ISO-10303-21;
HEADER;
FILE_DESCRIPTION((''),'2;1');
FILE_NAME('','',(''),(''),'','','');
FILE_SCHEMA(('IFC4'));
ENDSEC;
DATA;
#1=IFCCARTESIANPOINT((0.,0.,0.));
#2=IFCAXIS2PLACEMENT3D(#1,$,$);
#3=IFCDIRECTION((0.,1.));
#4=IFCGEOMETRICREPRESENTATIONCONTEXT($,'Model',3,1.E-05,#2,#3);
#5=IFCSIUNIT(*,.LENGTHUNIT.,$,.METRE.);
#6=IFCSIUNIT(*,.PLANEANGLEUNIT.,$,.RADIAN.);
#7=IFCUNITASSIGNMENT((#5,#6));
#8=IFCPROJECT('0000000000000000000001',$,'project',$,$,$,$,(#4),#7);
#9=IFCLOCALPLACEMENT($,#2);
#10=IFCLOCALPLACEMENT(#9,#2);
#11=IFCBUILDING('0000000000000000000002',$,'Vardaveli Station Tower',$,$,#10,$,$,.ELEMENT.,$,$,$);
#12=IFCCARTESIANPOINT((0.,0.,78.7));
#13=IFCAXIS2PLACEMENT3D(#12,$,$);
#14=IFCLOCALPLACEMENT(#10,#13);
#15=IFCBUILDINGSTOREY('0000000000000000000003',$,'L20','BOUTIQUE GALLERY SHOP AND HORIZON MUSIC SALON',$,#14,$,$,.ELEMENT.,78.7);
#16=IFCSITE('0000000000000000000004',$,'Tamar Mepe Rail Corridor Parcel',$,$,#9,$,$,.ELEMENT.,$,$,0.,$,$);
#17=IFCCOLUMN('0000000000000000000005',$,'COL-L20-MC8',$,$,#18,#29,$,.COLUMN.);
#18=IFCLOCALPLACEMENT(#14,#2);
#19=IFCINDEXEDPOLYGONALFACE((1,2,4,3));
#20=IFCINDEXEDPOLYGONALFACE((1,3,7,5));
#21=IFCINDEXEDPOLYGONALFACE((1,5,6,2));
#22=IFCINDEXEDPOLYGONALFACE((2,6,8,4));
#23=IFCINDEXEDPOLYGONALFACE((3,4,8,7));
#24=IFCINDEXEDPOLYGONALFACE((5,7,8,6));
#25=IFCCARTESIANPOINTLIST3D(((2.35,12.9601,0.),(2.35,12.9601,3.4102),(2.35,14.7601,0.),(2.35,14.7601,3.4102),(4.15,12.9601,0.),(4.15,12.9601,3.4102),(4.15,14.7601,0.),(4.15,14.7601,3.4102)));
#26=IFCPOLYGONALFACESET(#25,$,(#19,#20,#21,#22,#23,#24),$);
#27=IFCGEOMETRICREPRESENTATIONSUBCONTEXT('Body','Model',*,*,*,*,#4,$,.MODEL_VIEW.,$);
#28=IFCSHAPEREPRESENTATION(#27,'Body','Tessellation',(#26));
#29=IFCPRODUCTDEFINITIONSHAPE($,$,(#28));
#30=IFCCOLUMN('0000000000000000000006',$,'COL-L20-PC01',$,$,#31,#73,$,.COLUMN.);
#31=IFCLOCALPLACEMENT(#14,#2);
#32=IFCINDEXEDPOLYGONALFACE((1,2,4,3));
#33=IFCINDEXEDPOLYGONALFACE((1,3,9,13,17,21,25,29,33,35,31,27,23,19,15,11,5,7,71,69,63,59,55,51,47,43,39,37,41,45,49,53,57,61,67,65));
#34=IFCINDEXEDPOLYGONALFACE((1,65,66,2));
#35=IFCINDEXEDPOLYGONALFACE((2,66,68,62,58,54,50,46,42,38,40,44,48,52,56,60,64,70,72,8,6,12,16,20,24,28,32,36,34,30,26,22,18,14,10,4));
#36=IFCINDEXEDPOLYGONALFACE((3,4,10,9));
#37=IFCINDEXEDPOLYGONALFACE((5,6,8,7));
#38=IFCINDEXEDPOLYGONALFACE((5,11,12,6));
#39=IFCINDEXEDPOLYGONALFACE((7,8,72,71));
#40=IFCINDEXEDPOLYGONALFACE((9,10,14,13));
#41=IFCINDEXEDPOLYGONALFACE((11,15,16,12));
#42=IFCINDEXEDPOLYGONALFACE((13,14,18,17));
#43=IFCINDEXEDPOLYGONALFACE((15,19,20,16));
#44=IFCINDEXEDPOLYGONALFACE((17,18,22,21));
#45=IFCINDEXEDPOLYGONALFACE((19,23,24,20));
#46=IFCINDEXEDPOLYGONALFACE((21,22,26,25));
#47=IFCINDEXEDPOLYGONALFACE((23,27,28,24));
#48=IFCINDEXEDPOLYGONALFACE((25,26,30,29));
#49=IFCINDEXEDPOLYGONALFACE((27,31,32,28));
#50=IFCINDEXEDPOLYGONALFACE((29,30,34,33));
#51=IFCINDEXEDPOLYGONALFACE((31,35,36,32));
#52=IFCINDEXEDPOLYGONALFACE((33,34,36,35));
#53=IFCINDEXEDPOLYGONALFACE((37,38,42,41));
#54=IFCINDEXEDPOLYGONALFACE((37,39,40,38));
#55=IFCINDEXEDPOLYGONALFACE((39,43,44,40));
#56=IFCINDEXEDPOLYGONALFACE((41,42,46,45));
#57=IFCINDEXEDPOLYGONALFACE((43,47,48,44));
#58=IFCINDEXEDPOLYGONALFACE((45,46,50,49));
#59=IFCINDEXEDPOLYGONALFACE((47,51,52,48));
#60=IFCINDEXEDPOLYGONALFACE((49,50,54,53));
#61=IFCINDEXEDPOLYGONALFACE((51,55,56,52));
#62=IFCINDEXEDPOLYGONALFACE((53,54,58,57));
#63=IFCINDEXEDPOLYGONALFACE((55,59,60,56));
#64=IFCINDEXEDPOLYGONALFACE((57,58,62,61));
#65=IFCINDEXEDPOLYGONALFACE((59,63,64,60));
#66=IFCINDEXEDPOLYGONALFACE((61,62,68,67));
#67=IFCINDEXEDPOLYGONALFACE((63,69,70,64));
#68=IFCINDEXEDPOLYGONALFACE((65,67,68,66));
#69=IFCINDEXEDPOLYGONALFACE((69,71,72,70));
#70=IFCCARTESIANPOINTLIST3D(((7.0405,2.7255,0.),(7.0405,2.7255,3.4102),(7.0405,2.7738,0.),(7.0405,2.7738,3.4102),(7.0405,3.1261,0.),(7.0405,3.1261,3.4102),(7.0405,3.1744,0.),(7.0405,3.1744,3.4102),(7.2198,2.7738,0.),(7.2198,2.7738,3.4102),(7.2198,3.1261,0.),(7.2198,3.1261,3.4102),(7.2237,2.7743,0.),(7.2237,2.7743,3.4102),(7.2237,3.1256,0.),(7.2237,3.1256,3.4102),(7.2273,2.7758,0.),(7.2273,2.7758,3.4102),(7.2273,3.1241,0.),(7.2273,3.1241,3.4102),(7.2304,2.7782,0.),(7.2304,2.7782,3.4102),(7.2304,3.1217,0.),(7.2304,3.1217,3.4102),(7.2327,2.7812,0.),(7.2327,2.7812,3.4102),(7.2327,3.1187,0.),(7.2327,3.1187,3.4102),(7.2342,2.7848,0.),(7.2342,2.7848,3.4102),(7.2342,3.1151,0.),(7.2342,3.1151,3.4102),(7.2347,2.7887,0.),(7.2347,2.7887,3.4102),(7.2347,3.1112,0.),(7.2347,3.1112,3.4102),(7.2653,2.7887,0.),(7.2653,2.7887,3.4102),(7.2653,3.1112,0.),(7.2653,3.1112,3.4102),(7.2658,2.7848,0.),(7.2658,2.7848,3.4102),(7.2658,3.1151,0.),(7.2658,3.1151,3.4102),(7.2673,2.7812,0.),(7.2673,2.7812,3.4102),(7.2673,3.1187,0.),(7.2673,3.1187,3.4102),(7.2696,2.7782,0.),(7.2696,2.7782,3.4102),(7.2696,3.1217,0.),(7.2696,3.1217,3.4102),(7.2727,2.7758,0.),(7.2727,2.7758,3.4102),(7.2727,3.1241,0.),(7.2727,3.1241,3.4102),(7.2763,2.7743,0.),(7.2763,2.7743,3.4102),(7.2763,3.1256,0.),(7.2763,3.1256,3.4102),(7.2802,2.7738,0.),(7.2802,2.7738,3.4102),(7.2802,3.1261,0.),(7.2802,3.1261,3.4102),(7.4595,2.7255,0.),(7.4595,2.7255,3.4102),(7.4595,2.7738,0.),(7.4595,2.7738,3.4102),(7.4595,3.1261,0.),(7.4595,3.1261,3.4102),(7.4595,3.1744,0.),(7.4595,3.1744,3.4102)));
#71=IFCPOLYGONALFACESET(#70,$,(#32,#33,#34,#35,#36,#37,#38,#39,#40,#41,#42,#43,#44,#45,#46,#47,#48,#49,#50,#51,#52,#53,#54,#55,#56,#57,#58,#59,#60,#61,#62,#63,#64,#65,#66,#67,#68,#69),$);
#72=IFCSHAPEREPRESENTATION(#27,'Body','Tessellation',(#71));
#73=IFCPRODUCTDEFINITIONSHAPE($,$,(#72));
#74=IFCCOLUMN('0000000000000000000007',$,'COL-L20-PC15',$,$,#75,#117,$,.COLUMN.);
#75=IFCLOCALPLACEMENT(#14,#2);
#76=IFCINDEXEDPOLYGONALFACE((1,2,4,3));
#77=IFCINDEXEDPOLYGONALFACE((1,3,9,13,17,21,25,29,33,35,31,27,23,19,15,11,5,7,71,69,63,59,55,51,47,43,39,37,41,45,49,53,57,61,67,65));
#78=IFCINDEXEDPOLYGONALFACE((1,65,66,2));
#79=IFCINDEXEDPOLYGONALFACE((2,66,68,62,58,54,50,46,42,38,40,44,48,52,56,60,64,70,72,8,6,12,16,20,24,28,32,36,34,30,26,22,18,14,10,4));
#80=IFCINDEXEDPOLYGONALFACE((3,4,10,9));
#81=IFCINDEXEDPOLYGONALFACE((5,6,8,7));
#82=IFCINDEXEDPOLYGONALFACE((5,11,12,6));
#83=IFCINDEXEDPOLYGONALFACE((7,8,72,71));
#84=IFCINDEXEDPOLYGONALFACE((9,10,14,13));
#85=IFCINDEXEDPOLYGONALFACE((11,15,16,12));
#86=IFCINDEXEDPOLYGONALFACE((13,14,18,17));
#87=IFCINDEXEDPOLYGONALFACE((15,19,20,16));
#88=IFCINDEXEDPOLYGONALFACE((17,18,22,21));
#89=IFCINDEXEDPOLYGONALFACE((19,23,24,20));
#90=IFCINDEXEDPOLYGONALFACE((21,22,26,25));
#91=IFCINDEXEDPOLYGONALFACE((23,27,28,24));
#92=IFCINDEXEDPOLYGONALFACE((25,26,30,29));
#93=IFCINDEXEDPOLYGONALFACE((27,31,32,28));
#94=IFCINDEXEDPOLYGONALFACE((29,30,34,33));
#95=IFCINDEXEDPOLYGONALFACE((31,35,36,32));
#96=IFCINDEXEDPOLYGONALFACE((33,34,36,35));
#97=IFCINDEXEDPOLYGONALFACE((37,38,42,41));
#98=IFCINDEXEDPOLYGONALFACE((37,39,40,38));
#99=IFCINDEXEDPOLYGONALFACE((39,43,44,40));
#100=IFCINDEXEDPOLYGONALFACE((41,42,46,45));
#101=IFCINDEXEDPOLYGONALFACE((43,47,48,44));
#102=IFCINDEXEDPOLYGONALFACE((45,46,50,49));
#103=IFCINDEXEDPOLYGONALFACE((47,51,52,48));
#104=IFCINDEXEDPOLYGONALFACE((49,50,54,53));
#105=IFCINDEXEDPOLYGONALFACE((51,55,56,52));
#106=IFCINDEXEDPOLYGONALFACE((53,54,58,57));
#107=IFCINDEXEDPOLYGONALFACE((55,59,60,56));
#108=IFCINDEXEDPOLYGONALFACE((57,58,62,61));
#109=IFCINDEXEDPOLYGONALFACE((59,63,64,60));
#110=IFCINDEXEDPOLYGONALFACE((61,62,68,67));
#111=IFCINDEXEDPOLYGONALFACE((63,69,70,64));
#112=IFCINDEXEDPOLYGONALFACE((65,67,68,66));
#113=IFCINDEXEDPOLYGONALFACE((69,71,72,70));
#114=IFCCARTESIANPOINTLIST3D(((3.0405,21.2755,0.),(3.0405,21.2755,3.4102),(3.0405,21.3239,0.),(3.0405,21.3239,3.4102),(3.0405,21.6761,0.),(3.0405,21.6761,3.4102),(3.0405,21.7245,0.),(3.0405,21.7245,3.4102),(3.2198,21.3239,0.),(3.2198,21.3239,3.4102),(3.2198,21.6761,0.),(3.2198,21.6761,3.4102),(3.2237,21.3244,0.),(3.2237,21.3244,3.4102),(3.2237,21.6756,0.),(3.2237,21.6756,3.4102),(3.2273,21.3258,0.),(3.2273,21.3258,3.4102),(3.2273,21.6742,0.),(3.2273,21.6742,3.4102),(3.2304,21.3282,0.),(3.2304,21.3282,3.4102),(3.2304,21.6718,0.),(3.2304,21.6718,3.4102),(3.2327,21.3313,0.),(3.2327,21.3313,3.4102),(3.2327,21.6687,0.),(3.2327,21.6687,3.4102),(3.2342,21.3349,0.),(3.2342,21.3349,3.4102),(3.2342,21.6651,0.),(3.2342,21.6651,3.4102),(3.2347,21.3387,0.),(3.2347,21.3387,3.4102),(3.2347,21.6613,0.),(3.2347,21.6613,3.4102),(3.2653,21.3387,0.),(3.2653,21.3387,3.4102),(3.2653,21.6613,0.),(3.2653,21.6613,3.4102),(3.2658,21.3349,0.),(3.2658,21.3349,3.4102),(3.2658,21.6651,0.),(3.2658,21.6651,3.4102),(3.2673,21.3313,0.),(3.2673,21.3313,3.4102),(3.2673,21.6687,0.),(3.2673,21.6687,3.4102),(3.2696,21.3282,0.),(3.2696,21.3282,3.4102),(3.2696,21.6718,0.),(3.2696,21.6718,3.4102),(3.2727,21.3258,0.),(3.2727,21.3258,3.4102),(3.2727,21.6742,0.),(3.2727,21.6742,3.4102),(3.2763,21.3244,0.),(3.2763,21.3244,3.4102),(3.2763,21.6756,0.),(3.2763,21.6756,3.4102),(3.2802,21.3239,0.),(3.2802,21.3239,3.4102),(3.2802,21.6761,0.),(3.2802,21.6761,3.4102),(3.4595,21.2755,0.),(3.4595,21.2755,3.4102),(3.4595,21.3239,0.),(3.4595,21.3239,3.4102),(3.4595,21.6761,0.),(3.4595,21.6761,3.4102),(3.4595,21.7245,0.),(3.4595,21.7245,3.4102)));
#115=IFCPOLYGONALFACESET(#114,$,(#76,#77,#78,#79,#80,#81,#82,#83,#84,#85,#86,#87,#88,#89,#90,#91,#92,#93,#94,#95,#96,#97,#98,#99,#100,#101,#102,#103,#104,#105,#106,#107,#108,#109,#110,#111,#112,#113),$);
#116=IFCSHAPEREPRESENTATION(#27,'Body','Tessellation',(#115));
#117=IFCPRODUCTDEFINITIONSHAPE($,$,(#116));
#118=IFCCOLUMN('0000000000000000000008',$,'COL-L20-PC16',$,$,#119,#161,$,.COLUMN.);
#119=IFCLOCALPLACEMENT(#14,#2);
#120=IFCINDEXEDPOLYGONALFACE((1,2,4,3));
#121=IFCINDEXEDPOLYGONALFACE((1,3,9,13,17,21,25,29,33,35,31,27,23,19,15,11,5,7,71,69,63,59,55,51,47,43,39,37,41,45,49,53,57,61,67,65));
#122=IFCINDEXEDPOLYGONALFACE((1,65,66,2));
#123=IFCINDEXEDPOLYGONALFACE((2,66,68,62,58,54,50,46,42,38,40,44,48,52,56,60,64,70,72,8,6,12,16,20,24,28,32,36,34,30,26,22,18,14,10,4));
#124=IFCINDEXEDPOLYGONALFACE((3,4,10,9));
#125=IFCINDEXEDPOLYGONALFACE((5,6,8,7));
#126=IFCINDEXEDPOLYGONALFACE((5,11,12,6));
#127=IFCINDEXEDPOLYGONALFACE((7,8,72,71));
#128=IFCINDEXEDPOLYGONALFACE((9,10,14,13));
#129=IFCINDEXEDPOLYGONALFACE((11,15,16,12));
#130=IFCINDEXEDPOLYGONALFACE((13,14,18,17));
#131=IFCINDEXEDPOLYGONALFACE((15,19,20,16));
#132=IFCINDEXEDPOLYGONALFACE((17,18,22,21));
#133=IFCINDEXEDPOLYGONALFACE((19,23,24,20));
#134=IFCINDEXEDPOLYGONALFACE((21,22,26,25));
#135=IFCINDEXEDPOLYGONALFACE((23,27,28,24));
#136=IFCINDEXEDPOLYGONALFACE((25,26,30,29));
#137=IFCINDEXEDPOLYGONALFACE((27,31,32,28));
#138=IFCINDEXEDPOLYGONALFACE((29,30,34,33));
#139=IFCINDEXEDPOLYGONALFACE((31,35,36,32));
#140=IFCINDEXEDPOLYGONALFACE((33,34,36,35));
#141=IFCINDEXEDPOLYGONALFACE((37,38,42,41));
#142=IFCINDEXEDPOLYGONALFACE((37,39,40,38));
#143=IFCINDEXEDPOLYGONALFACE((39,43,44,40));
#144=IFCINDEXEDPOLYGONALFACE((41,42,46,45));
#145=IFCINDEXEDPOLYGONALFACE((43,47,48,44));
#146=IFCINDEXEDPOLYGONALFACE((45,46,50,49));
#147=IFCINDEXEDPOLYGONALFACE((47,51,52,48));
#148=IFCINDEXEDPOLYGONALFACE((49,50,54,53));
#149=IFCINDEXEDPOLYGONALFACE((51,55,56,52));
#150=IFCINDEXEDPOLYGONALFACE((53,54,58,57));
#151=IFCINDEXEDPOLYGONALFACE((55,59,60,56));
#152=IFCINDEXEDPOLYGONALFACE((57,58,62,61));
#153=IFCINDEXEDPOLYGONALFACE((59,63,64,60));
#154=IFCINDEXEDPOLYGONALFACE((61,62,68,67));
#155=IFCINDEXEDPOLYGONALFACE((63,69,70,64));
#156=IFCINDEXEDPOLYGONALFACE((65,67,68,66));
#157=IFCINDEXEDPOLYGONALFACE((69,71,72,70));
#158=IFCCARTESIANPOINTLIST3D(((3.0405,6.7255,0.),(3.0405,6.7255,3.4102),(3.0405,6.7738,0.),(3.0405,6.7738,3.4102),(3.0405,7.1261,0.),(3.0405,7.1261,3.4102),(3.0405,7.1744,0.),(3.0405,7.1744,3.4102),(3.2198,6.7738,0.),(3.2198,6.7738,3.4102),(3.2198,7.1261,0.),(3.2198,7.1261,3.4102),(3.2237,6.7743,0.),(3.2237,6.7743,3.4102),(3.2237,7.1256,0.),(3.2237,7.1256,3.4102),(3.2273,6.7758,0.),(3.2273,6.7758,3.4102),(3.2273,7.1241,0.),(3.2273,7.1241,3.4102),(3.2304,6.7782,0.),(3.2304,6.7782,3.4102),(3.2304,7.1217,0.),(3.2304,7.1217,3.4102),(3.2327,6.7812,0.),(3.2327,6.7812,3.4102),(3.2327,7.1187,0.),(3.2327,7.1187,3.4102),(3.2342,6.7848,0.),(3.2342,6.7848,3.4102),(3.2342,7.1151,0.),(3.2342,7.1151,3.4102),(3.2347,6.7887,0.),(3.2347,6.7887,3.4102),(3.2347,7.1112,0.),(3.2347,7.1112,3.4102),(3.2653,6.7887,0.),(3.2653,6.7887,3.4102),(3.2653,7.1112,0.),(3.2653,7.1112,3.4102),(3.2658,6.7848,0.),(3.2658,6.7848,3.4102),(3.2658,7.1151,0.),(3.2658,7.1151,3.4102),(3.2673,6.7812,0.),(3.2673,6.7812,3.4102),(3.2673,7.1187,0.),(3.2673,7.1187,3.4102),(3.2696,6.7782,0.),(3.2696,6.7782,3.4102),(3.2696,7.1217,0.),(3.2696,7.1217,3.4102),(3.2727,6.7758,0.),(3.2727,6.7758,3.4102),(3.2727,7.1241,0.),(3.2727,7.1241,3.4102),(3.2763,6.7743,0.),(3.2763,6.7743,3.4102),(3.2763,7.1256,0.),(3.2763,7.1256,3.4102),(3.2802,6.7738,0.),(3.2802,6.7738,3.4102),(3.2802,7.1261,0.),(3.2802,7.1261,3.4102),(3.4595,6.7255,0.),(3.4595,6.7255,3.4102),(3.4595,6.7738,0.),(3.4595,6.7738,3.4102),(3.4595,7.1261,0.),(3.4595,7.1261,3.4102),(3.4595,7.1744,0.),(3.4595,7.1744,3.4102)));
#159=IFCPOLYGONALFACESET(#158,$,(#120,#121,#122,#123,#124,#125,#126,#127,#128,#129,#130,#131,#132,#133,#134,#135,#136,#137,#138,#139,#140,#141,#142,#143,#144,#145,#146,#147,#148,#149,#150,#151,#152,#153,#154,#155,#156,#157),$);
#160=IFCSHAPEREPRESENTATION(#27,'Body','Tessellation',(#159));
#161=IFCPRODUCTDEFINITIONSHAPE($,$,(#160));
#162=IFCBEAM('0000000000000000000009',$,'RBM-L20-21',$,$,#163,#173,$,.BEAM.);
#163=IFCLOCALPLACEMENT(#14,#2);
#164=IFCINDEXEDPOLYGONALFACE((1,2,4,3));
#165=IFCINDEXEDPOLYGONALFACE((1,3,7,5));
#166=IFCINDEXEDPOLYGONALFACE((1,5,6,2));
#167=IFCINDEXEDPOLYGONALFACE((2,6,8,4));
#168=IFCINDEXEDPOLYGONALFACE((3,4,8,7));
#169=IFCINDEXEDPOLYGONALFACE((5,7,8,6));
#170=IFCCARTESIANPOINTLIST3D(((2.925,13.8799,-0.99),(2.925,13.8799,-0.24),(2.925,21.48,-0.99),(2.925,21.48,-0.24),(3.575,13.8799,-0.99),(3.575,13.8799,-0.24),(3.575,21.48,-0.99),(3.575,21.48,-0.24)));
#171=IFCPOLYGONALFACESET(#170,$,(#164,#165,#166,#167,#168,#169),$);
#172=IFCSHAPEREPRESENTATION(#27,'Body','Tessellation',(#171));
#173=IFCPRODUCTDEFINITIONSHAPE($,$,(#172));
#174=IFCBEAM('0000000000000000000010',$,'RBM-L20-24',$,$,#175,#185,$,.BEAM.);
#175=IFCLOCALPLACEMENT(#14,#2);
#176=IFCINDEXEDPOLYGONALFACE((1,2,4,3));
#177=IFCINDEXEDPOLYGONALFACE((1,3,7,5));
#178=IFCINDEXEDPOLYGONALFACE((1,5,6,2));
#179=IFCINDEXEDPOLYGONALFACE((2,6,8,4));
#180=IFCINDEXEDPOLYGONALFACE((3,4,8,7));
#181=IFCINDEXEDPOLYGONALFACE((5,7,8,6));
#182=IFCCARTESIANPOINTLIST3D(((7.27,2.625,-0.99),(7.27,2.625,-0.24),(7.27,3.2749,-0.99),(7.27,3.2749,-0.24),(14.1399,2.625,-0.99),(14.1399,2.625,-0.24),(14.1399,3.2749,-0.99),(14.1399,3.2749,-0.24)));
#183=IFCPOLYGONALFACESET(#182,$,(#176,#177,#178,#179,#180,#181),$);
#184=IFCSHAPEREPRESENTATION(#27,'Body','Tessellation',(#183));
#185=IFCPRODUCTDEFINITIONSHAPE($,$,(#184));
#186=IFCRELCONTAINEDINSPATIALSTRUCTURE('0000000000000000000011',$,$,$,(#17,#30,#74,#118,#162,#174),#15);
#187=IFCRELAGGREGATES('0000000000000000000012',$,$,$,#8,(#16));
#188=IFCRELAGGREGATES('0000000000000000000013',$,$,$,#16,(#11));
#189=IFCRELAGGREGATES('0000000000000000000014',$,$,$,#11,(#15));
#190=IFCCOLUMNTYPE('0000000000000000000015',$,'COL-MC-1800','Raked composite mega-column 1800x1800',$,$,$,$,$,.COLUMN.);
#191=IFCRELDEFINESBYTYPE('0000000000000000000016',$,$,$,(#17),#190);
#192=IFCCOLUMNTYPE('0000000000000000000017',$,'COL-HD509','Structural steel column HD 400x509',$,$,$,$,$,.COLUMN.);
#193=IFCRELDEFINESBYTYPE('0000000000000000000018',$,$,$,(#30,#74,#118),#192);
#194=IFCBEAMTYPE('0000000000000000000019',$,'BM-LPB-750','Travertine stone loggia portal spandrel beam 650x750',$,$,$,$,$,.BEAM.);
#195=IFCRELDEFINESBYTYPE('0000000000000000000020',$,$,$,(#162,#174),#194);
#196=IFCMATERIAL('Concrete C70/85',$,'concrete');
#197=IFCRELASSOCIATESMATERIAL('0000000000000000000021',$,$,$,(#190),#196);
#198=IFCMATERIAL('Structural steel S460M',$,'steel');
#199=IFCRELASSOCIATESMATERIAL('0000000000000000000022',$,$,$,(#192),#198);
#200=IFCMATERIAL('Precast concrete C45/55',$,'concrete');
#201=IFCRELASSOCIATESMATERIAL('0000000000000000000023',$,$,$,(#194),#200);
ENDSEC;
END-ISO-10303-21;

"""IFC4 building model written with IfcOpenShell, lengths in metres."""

from ifc_helpers import new_model, si_unit, direction, frame, origin, origin_2d, place, context, subcontext, project, spatial, rectangle, i_section, extrude, source, transform, mapped, material, material_profile, profile_set, type_object, element, save


model = new_model("IFC4")

# Units and contexts
model_context = context("Model", 3, precision=1e-05, world=origin(), true_north=direction((0.0, 1.0)))
body_context = subcontext(model_context, "Body", "Model", "MODEL_VIEW")
ifc_project = project(units=[si_unit("LENGTHUNIT", "METRE"), si_unit("PLANEANGLEUNIT", "RADIAN")], contexts=[model_context])

# Site, building, storey
site_placement = place(None, origin())
site = spatial("IfcSite", under=ifc_project, at=site_placement, Name="Tamar Mepe Rail Corridor Parcel", CompositionType="ELEMENT", RefElevation=0.0)
building_placement = place(site_placement, origin())
building = spatial("IfcBuilding", under=site, at=building_placement, Name="Vardaveli Station Tower", CompositionType="ELEMENT")
storey_placement = place(building_placement, frame((0.0, 0.0, 78.7)))
storey = spatial("IfcBuildingStorey", under=building, at=storey_placement, Name="L20", Description="BOUTIQUE GALLERY SHOP AND HORIZON MUSIC SALON", CompositionType="ELEMENT", Elevation=78.7)

# Columns
ifc_material_1 = material(Name="Concrete C70/85", Category="concrete")
ifc_material_profile_1 = material_profile(ifc_material_1, rectangle(XDim=1.8, YDim=1.8, at=origin_2d()), Name="MC 1800x1800")
ifc_profile_set_1 = profile_set([ifc_material_profile_1], Name="Concrete C70/85")
column_type_1 = type_object("IfcColumnType", Name="COL-MC-1800", Description="Raked composite mega-column 1800x1800", PredefinedType="COLUMN", material=ifc_profile_set_1)
shared_shape_1 = source(origin(), body_context, "Body", "SweptSolid", [
    extrude(rectangle(XDim=1.8, YDim=1.8, at=origin_2d()), origin(), (0.0, 0.0, 1.0), 3.4102),
])
column_placement = place(storey_placement, frame((3.25, 13.8601, 0.0), z_axis=(0.0, 0.0, 1.0), x_axis=(1.0, 0.0, 0.0)))
element("IfcColumn", 1, at=column_placement, inside=storey, type_object=column_type_1, Name="COL-L20-MC8", PredefinedType="COLUMN", context=body_context, shape_type="MappedRepresentation", body=[
    mapped(shared_shape_1, transform((0.0, 0.0, 0.0), scale=1.0)),
])
ifc_material_2 = material(Name="Structural steel S460M", Category="steel")
ifc_material_profile_2 = material_profile(ifc_material_2, i_section(OverallWidth=0.4189, OverallDepth=0.449, WebThickness=0.0305, FlangeThickness=0.0483, FilletRadius=0.0149, at=origin_2d()), Name="HD 400x509")
ifc_profile_set_2 = profile_set([ifc_material_profile_2], Name="Structural steel S460M")
column_type_2 = type_object("IfcColumnType", Name="COL-HD509", Description="Structural steel column HD 400x509", PredefinedType="COLUMN", material=ifc_profile_set_2)
shared_shape_2 = source(origin(), body_context, "Body", "SweptSolid", [
    extrude(i_section(OverallWidth=0.4189, OverallDepth=0.449, WebThickness=0.0305, FlangeThickness=0.0483, FilletRadius=0.0149, at=origin_2d()), origin(), (0.0, 0.0, 1.0), 3.4102),
])
for number, where, z_axis, x_axis, name in (
    (2, (7.25, 2.95, 0.0), (0.0, 0.0, 1.0), (1.0, 0.0, 0.0), "COL-L20-PC01"),
    (3, (3.25, 21.5, 0.0), (0.0, 0.0, 1.0), (1.0, 0.0, 0.0), "COL-L20-PC15"),
    (4, (3.25, 6.95, 0.0), (0.0, 0.0, 1.0), (1.0, 0.0, 0.0), "COL-L20-PC16"),
):
    element("IfcColumn", number, at=place(storey_placement, frame(where, z_axis=z_axis, x_axis=x_axis)), inside=storey, type_object=column_type_2, Name=name, PredefinedType="COLUMN", context=body_context, shape_type="MappedRepresentation", body=[
        mapped(shared_shape_2, transform((0.0, 0.0, 0.0), scale=1.0)),
    ])

# Beams
ifc_material_3 = material(Name="Precast concrete C45/55", Category="concrete")
ifc_material_profile_3 = material_profile(ifc_material_3, rectangle(XDim=0.6499, YDim=0.75, at=origin_2d()), Name="LPB 650x750")
ifc_profile_set_3 = profile_set([ifc_material_profile_3], Name="Precast concrete C45/55")
beam_type_1 = type_object("IfcBeamType", Name="BM-LPB-750", Description="Travertine stone loggia portal spandrel beam 650x750", PredefinedType="BEAM", material=ifc_profile_set_3)
shared_shape_3 = source(origin(), body_context, "Body", "SweptSolid", [
    extrude(rectangle(XDim=0.6499, YDim=0.75, at=origin_2d()), origin(), (0.0, 0.0, 1.0), 7.6001),
])
beam_1_placement = place(storey_placement, frame((3.25, 21.48, -0.615), z_axis=(0.0, -1.0, 0.0), x_axis=(1.0, 0.0, 0.0)))
element("IfcBeam", 5, at=beam_1_placement, inside=storey, type_object=beam_type_1, Name="RBM-L20-21", PredefinedType="BEAM", context=body_context, shape_type="MappedRepresentation", body=[
    mapped(shared_shape_3, transform((0.0, 0.0, 0.0), scale=1.0)),
])
shared_shape_4 = source(origin(), body_context, "Body", "SweptSolid", [
    extrude(rectangle(XDim=0.6499, YDim=0.75, at=origin_2d()), origin(), (0.0, 0.0, 1.0), 6.8699),
])
beam_2_placement = place(storey_placement, frame((7.27, 2.95, -0.615), z_axis=(1.0, 0.0, 0.0), x_axis=(0.0, 1.0, 0.0)))
element("IfcBeam", 6, at=beam_2_placement, inside=storey, type_object=beam_type_1, Name="RBM-L20-24", PredefinedType="BEAM", context=body_context, shape_type="MappedRepresentation", body=[
    mapped(shared_shape_4, transform((0.0, 0.0, 0.0), scale=1.0)),
])

save(model, "model.ifc")
